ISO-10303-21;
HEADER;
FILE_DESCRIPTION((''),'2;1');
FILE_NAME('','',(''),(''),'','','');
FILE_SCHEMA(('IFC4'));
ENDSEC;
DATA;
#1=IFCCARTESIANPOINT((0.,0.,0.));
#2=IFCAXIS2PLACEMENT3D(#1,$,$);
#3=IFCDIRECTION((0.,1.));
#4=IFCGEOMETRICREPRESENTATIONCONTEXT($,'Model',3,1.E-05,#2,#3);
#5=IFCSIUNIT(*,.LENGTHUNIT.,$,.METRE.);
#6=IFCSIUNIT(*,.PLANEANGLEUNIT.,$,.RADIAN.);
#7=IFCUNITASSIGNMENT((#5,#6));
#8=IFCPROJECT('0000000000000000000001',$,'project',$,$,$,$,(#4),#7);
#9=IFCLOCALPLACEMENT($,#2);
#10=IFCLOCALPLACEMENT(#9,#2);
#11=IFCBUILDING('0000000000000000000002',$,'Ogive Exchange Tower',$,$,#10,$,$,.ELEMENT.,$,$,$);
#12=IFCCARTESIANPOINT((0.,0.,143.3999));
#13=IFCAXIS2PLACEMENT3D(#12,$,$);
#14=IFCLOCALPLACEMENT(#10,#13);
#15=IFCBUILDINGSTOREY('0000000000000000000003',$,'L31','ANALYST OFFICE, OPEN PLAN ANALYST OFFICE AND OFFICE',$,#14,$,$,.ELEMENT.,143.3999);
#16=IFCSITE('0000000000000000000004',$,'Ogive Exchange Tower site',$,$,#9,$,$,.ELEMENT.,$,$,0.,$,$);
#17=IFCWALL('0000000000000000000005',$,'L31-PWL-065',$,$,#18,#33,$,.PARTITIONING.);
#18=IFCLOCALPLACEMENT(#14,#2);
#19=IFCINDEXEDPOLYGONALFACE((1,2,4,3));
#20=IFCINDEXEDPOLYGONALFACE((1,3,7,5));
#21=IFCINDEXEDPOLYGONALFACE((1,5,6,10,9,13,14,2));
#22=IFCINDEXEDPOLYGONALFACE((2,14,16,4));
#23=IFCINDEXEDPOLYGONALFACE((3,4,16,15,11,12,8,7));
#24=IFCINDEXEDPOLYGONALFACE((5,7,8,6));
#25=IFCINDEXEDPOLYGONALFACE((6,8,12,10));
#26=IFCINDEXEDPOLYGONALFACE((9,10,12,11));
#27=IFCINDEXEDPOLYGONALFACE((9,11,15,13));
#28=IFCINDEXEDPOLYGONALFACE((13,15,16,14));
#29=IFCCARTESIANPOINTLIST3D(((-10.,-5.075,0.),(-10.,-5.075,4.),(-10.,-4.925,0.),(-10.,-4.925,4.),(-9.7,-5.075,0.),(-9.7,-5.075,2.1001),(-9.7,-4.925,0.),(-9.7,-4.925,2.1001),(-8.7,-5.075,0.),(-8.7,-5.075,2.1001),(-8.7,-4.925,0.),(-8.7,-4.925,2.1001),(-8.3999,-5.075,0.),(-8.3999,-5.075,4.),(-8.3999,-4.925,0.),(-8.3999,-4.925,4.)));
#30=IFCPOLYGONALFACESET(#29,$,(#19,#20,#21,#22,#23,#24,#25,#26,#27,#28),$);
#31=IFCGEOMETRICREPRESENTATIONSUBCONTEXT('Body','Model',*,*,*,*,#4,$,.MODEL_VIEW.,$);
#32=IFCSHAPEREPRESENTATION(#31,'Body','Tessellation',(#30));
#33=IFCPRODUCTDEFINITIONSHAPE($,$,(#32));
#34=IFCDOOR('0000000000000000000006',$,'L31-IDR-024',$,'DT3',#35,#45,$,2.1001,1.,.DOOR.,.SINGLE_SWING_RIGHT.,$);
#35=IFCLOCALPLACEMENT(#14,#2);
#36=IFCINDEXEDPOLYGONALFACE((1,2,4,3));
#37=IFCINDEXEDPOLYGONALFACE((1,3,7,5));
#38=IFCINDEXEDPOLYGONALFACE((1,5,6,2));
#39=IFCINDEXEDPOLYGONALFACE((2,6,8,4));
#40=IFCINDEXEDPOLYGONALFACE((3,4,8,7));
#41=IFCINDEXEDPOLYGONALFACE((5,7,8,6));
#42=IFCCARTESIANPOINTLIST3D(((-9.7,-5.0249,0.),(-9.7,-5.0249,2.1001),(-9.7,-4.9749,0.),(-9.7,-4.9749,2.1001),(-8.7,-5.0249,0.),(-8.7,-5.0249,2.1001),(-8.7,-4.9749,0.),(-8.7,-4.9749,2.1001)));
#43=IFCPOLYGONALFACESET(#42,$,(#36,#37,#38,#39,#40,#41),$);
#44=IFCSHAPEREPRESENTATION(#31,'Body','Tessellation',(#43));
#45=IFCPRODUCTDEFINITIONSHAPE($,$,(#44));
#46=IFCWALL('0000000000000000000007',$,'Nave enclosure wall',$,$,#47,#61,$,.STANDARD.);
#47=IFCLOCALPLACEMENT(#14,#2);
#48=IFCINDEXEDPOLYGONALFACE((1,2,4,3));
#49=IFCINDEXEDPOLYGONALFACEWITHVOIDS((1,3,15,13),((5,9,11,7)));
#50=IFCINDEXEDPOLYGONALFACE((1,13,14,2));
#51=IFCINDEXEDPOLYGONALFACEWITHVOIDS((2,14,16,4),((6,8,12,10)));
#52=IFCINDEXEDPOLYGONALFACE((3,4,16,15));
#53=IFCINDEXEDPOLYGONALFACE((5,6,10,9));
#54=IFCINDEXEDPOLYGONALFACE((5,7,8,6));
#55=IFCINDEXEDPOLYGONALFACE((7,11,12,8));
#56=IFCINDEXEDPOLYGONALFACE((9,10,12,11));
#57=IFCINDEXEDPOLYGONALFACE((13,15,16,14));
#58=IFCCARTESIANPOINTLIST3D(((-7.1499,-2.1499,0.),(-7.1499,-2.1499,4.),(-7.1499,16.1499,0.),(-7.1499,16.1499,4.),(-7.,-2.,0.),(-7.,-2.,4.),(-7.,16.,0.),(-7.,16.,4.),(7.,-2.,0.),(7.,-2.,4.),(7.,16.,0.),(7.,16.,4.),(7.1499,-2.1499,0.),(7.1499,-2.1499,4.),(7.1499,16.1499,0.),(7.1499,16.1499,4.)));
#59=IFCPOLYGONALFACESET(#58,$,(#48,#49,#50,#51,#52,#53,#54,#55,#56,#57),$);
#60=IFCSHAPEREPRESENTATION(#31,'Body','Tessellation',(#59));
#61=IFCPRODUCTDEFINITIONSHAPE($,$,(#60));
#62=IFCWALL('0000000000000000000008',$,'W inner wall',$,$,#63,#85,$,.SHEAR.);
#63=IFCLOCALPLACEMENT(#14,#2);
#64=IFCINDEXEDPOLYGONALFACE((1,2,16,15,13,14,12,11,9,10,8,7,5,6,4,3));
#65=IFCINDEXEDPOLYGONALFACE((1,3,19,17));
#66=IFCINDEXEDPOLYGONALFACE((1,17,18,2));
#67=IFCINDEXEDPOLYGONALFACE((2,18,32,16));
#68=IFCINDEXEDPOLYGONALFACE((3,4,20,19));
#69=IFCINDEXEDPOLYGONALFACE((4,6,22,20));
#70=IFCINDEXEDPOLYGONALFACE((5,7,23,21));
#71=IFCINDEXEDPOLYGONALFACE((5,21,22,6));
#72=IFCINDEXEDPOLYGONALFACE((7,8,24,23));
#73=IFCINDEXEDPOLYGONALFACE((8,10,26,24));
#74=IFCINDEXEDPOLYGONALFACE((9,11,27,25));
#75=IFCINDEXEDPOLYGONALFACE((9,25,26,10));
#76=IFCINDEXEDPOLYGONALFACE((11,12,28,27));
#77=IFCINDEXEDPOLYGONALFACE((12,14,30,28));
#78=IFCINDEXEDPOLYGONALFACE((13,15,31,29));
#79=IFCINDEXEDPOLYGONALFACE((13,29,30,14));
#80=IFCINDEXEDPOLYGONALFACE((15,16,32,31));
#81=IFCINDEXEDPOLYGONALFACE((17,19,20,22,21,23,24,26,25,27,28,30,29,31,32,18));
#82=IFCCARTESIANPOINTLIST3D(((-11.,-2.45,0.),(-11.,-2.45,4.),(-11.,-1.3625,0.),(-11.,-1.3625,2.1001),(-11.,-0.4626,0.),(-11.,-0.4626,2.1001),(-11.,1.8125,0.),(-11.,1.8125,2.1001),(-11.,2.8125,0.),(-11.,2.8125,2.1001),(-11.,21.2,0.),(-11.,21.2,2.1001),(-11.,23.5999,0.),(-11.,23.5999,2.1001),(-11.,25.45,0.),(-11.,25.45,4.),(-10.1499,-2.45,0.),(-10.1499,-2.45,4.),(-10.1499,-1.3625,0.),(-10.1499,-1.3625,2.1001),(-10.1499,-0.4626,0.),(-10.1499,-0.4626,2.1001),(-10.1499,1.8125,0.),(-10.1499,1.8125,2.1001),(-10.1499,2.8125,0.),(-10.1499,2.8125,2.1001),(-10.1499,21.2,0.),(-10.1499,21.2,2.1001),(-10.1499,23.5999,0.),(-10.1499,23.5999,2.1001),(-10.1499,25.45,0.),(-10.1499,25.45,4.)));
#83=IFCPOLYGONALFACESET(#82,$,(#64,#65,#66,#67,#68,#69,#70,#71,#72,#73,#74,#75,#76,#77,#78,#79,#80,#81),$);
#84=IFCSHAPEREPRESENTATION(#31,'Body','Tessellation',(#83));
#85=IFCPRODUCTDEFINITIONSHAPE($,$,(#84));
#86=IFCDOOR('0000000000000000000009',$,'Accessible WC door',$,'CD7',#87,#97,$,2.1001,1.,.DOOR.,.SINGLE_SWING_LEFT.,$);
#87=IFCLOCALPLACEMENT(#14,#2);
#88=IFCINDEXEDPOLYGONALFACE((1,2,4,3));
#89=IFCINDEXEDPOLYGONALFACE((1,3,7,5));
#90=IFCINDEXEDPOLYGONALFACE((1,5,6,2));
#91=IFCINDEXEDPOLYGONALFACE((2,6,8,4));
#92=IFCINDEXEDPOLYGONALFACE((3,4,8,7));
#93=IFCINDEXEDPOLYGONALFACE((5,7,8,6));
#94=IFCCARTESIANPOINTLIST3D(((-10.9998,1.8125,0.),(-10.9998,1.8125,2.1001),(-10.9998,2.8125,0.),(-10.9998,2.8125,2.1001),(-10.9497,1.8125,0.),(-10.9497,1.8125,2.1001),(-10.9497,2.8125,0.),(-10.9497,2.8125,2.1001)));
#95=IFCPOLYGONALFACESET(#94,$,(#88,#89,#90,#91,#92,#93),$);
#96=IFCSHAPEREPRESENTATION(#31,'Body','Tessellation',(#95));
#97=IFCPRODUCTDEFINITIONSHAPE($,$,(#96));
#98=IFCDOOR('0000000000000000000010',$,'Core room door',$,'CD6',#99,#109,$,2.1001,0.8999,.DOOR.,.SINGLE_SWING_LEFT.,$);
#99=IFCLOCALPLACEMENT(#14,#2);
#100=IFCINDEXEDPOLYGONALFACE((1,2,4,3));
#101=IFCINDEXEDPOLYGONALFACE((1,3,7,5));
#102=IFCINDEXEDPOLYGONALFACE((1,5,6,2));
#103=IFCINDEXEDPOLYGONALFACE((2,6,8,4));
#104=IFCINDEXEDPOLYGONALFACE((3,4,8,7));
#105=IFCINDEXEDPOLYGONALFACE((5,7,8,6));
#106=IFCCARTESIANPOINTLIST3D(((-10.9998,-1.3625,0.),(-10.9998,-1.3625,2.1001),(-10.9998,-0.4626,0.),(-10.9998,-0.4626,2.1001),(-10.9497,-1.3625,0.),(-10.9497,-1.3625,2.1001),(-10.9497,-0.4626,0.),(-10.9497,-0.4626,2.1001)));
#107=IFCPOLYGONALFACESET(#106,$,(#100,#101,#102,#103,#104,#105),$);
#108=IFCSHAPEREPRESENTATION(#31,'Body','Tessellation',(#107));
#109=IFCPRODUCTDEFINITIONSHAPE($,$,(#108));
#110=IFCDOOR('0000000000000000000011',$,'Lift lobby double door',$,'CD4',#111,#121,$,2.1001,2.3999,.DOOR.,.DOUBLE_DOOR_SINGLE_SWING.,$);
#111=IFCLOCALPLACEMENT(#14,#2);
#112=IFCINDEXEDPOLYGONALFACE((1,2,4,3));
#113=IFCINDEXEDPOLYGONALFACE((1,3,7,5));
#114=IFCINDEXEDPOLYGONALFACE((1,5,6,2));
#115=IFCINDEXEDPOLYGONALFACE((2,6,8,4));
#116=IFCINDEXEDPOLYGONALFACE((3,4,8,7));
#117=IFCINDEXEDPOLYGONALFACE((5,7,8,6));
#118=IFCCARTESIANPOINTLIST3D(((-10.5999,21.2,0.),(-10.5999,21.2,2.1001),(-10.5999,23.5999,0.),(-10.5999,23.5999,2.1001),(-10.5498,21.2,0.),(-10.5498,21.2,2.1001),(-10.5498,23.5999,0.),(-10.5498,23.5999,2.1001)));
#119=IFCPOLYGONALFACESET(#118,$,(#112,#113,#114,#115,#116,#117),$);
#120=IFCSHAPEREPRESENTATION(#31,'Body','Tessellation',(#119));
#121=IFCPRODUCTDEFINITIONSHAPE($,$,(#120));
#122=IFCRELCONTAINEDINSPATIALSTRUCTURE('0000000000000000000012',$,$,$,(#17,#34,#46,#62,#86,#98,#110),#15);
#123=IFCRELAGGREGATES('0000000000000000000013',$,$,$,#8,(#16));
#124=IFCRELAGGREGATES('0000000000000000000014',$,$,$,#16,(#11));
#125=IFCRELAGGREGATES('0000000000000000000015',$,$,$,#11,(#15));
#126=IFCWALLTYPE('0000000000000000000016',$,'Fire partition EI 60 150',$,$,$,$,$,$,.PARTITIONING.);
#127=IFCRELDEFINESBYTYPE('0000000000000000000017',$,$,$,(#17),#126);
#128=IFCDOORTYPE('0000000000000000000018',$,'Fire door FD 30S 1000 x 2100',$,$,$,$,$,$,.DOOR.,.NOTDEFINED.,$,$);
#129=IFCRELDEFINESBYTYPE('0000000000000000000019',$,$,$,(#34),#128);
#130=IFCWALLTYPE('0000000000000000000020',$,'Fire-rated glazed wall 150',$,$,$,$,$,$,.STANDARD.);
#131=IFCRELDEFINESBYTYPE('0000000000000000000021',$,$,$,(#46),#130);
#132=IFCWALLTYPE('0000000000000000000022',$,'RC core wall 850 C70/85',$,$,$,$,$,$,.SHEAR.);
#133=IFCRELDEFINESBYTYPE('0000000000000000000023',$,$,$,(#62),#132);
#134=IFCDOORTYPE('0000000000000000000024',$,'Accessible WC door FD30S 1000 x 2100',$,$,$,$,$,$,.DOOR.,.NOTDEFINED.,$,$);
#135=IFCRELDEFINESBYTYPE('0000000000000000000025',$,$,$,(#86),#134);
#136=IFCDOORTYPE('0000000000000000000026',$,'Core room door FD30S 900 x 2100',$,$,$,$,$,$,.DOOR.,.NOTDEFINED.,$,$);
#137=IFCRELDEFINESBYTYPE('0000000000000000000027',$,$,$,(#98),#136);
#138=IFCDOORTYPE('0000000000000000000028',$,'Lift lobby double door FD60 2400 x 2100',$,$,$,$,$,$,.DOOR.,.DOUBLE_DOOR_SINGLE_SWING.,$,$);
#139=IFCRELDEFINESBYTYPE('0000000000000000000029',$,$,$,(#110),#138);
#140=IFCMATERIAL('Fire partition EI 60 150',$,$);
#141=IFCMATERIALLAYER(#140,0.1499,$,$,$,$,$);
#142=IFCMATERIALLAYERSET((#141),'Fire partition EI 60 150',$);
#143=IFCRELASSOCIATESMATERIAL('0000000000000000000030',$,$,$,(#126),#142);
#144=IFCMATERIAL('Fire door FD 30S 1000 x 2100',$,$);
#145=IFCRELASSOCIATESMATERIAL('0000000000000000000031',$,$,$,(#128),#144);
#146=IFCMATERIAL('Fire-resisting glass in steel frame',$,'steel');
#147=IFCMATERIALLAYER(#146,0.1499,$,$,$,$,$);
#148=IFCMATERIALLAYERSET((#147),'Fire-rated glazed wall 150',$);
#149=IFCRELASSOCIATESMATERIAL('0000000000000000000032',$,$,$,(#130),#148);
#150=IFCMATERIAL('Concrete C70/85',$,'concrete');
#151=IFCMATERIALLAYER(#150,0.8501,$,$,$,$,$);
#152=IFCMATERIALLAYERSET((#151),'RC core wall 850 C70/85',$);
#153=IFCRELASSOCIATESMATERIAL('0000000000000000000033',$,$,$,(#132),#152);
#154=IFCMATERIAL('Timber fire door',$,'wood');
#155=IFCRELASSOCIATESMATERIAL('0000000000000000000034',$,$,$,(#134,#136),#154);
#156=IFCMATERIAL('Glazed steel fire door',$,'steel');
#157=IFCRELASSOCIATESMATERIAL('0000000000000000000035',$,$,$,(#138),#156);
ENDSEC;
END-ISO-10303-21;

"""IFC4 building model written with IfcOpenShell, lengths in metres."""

from ifc_helpers import new_model, si_unit, direction, frame, frame_2d, origin, place, context, subcontext, project, spatial, polyline, rectangle, outline, extrude, material, layer, layer_set, type_object, element, fill, save


model = new_model("IFC4")

# Units and contexts
model_context = context("Model", 3, precision=1e-05, world=origin(), true_north=direction((0.0, 1.0)))
body_context = subcontext(model_context, "Body", "Model", "MODEL_VIEW")
ifc_project = project(units=[si_unit("LENGTHUNIT", "METRE"), si_unit("PLANEANGLEUNIT", "RADIAN")], contexts=[model_context])

# Site, building, storey
site_placement = place(None, origin())
site = spatial("IfcSite", under=ifc_project, at=site_placement, Name="Ogive Exchange Tower site", CompositionType="ELEMENT", RefElevation=0.0)
building_placement = place(site_placement, origin())
building = spatial("IfcBuilding", under=site, at=building_placement, Name="Ogive Exchange Tower", CompositionType="ELEMENT")
storey_placement = place(building_placement, frame((0.0, 0.0, 143.3999)))
storey = spatial("IfcBuildingStorey", under=building, at=storey_placement, Name="L31", Description="ANALYST OFFICE, OPEN PLAN ANALYST OFFICE AND OFFICE", CompositionType="ELEMENT", Elevation=143.3999)

# Shared definitions
ifc_material_1 = material(Name="Fire partition EI 60 150")
ifc_layer_1 = layer(ifc_material_1, 0.1499)
ifc_layer_set_1 = layer_set([ifc_layer_1], Name="Fire partition EI 60 150")
wall_type_1 = type_object("IfcWallType", Name="Fire partition EI 60 150", PredefinedType="PARTITIONING", material=ifc_layer_set_1)

# Wall, opening, door
wall_1_placement = place(storey_placement, frame((-8.3999, -5.0, 0.0), z_axis=(0.0, 0.0, 1.0), x_axis=(-1.0, 0.0, 0.0)))
wall_1 = element("IfcWall", 1, at=wall_1_placement, inside=storey, type_object=wall_type_1, Name="L31-PWL-065", PredefinedType="PARTITIONING", context=body_context, shape_type="SweptSolid", body=[
    extrude(rectangle(XDim=1.6001, YDim=0.1499, at=frame_2d((0.8, 0.0))), origin(), (0.0, 0.0, 1.0), 4.0),
])
opening_1_placement = place(wall_1_placement, frame((0.3, 0.0, 0.0)))
opening_1 = element("IfcOpeningElement", 2, at=opening_1_placement, cuts=wall_1, PredefinedType="OPENING", context=body_context, shape_type="SweptSolid", body=[
    extrude(rectangle(XDim=1.0, YDim=2.1001, at=frame_2d((0.5, 1.05))), frame((0.0, 0.085, 0.0), z_axis=(0.0, -1.0, 0.0), x_axis=(1.0, 0.0, 0.0)), (0.0, 0.0, 1.0), 0.1699),
])
ifc_material_2 = material(Name="Fire door FD 30S 1000 x 2100")
door_type_1 = type_object("IfcDoorType", Name="Fire door FD 30S 1000 x 2100", OperationType="NOTDEFINED", PredefinedType="DOOR", material=ifc_material_2)
door_1_placement = place(opening_1_placement, origin())
door_1 = element("IfcDoor", 3, at=door_1_placement, inside=storey, type_object=door_type_1, Name="L31-IDR-024", ObjectType="DT3", OperationType="SINGLE_SWING_RIGHT", OverallHeight=2.1001, OverallWidth=1.0, PredefinedType="DOOR", context=body_context, shape_type="SweptSolid", body=[
    extrude(rectangle(XDim=1.0, YDim=2.1001, at=frame_2d((0.5, 1.05))), frame((0.0, 0.0249, 0.0), z_axis=(0.0, -1.0, 0.0), x_axis=(1.0, 0.0, 0.0)), (0.0, 0.0, 1.0), 0.05),
])
fill(opening_1, door_1)

# Wall
ifc_material_3 = material(Name="Fire-resisting glass in steel frame", Category="steel")
ifc_layer_2 = layer(ifc_material_3, 0.1499)
ifc_layer_set_2 = layer_set([ifc_layer_2], Name="Fire-rated glazed wall 150")
wall_type_2 = type_object("IfcWallType", Name="Fire-rated glazed wall 150", PredefinedType="STANDARD", material=ifc_layer_set_2)
wall_2_placement = place(storey_placement, origin())
element("IfcWall", 4, at=wall_2_placement, inside=storey, type_object=wall_type_2, Name="Nave enclosure wall", PredefinedType="STANDARD", context=body_context, shape_type="SweptSolid", body=[
    extrude(outline(polyline([(-7.1499, -2.1499), (7.1499, -2.1499), (7.1499, 16.1499), (-7.1499, 16.1499), (-7.1499, -2.1499)]), holes=[polyline([(-7.0, -2.0), (-7.0, 16.0), (7.0, 16.0), (7.0, -2.0), (-7.0, -2.0)])]), origin(), (0.0, 0.0, 1.0), 4.0),
])

# Wall, openings, doors
ifc_material_4 = material(Name="Concrete C70/85", Category="concrete")
ifc_layer_3 = layer(ifc_material_4, 0.8501)
ifc_layer_set_3 = layer_set([ifc_layer_3], Name="RC core wall 850 C70/85")
wall_type_3 = type_object("IfcWallType", Name="RC core wall 850 C70/85", PredefinedType="SHEAR", material=ifc_layer_set_3)
wall_3_placement = place(storey_placement, frame((-10.575, -2.45, 0.0), z_axis=(0.0, 0.0, 1.0), x_axis=(0.0, 1.0, 0.0)))
wall_3 = element("IfcWall", 5, at=wall_3_placement, inside=storey, type_object=wall_type_3, Name="W inner wall", PredefinedType="SHEAR", context=body_context, shape_type="SweptSolid", body=[
    extrude(rectangle(XDim=27.8999, YDim=0.8501, at=frame_2d((13.95, 0.0))), origin(), (0.0, 0.0, 1.0), 4.0),
])
opening_2_placement = place(wall_3_placement, frame((23.6499, 0.0, 0.0)))
opening_2 = element("IfcOpeningElement", 6, at=opening_2_placement, cuts=wall_3, PredefinedType="OPENING", context=body_context, shape_type="SweptSolid", body=[
    extrude(rectangle(XDim=2.3999, YDim=2.1001, at=frame_2d((1.2, 1.05))), frame((0.0, 0.4351, 0.0), z_axis=(0.0, -1.0, 0.0), x_axis=(1.0, 0.0, 0.0)), (0.0, 0.0, 1.0), 0.8701),
])
opening_3_placement = place(wall_3_placement, frame((1.0874, 0.0, 0.0)))
opening_3 = element("IfcOpeningElement", 7, at=opening_3_placement, cuts=wall_3, PredefinedType="OPENING", context=body_context, shape_type="SweptSolid", body=[
    extrude(rectangle(XDim=0.8999, YDim=2.1001, at=frame_2d((0.45, 1.05))), frame((0.0, 0.4351, 0.0), z_axis=(0.0, -1.0, 0.0), x_axis=(1.0, 0.0, 0.0)), (0.0, 0.0, 1.0), 0.8701),
])
opening_4_placement = place(wall_3_placement, frame((4.2625, 0.0, 0.0)))
opening_4 = element("IfcOpeningElement", 8, at=opening_4_placement, cuts=wall_3, PredefinedType="OPENING", context=body_context, shape_type="SweptSolid", body=[
    extrude(rectangle(XDim=1.0, YDim=2.1001, at=frame_2d((0.5, 1.05))), frame((0.0, 0.4351, 0.0), z_axis=(0.0, -1.0, 0.0), x_axis=(1.0, 0.0, 0.0)), (0.0, 0.0, 1.0), 0.8701),
])
ifc_material_5 = material(Name="Timber fire door", Category="wood")
door_type_2 = type_object("IfcDoorType", Name="Accessible WC door FD30S 1000 x 2100", OperationType="NOTDEFINED", PredefinedType="DOOR", material=ifc_material_5)
door_2_placement = place(opening_4_placement, origin())
door_2 = element("IfcDoor", 9, at=door_2_placement, inside=storey, type_object=door_type_2, Name="Accessible WC door", ObjectType="CD7", OperationType="SINGLE_SWING_LEFT", OverallHeight=2.1001, OverallWidth=1.0, PredefinedType="DOOR", context=body_context, shape_type="SweptSolid", body=[
    extrude(rectangle(XDim=1.0, YDim=2.1001, at=frame_2d((0.5, 1.05))), frame((0.0, 0.4248, 0.0), z_axis=(0.0, -1.0, 0.0), x_axis=(1.0, 0.0, 0.0)), (0.0, 0.0, 1.0), 0.05),
])
fill(opening_4, door_2)
door_type_3 = type_object("IfcDoorType", Name="Core room door FD30S 900 x 2100", OperationType="NOTDEFINED", PredefinedType="DOOR", material=ifc_material_5)
door_3_placement = place(opening_3_placement, origin())
door_3 = element("IfcDoor", 10, at=door_3_placement, inside=storey, type_object=door_type_3, Name="Core room door", ObjectType="CD6", OperationType="SINGLE_SWING_LEFT", OverallHeight=2.1001, OverallWidth=0.8999, PredefinedType="DOOR", context=body_context, shape_type="SweptSolid", body=[
    extrude(rectangle(XDim=0.8999, YDim=2.1001, at=frame_2d((0.45, 1.05))), frame((0.0, 0.4248, 0.0), z_axis=(0.0, -1.0, 0.0), x_axis=(1.0, 0.0, 0.0)), (0.0, 0.0, 1.0), 0.05),
])
fill(opening_3, door_3)
ifc_material_6 = material(Name="Glazed steel fire door", Category="steel")
door_type_4 = type_object("IfcDoorType", Name="Lift lobby double door FD60 2400 x 2100", OperationType="DOUBLE_DOOR_SINGLE_SWING", PredefinedType="DOOR", material=ifc_material_6)
door_4_placement = place(opening_2_placement, origin())
door_4 = element("IfcDoor", 11, at=door_4_placement, inside=storey, type_object=door_type_4, Name="Lift lobby double door", ObjectType="CD4", OperationType="DOUBLE_DOOR_SINGLE_SWING", OverallHeight=2.1001, OverallWidth=2.3999, PredefinedType="DOOR", context=body_context, shape_type="SweptSolid", body=[
    extrude(rectangle(XDim=2.3999, YDim=2.1001, at=frame_2d((1.2, 1.05))), frame((0.0, 0.0249, 0.0), z_axis=(0.0, -1.0, 0.0), x_axis=(1.0, 0.0, 0.0)), (0.0, 0.0, 1.0), 0.05),
])
fill(opening_2, door_4)

save(model, "model.ifc")
